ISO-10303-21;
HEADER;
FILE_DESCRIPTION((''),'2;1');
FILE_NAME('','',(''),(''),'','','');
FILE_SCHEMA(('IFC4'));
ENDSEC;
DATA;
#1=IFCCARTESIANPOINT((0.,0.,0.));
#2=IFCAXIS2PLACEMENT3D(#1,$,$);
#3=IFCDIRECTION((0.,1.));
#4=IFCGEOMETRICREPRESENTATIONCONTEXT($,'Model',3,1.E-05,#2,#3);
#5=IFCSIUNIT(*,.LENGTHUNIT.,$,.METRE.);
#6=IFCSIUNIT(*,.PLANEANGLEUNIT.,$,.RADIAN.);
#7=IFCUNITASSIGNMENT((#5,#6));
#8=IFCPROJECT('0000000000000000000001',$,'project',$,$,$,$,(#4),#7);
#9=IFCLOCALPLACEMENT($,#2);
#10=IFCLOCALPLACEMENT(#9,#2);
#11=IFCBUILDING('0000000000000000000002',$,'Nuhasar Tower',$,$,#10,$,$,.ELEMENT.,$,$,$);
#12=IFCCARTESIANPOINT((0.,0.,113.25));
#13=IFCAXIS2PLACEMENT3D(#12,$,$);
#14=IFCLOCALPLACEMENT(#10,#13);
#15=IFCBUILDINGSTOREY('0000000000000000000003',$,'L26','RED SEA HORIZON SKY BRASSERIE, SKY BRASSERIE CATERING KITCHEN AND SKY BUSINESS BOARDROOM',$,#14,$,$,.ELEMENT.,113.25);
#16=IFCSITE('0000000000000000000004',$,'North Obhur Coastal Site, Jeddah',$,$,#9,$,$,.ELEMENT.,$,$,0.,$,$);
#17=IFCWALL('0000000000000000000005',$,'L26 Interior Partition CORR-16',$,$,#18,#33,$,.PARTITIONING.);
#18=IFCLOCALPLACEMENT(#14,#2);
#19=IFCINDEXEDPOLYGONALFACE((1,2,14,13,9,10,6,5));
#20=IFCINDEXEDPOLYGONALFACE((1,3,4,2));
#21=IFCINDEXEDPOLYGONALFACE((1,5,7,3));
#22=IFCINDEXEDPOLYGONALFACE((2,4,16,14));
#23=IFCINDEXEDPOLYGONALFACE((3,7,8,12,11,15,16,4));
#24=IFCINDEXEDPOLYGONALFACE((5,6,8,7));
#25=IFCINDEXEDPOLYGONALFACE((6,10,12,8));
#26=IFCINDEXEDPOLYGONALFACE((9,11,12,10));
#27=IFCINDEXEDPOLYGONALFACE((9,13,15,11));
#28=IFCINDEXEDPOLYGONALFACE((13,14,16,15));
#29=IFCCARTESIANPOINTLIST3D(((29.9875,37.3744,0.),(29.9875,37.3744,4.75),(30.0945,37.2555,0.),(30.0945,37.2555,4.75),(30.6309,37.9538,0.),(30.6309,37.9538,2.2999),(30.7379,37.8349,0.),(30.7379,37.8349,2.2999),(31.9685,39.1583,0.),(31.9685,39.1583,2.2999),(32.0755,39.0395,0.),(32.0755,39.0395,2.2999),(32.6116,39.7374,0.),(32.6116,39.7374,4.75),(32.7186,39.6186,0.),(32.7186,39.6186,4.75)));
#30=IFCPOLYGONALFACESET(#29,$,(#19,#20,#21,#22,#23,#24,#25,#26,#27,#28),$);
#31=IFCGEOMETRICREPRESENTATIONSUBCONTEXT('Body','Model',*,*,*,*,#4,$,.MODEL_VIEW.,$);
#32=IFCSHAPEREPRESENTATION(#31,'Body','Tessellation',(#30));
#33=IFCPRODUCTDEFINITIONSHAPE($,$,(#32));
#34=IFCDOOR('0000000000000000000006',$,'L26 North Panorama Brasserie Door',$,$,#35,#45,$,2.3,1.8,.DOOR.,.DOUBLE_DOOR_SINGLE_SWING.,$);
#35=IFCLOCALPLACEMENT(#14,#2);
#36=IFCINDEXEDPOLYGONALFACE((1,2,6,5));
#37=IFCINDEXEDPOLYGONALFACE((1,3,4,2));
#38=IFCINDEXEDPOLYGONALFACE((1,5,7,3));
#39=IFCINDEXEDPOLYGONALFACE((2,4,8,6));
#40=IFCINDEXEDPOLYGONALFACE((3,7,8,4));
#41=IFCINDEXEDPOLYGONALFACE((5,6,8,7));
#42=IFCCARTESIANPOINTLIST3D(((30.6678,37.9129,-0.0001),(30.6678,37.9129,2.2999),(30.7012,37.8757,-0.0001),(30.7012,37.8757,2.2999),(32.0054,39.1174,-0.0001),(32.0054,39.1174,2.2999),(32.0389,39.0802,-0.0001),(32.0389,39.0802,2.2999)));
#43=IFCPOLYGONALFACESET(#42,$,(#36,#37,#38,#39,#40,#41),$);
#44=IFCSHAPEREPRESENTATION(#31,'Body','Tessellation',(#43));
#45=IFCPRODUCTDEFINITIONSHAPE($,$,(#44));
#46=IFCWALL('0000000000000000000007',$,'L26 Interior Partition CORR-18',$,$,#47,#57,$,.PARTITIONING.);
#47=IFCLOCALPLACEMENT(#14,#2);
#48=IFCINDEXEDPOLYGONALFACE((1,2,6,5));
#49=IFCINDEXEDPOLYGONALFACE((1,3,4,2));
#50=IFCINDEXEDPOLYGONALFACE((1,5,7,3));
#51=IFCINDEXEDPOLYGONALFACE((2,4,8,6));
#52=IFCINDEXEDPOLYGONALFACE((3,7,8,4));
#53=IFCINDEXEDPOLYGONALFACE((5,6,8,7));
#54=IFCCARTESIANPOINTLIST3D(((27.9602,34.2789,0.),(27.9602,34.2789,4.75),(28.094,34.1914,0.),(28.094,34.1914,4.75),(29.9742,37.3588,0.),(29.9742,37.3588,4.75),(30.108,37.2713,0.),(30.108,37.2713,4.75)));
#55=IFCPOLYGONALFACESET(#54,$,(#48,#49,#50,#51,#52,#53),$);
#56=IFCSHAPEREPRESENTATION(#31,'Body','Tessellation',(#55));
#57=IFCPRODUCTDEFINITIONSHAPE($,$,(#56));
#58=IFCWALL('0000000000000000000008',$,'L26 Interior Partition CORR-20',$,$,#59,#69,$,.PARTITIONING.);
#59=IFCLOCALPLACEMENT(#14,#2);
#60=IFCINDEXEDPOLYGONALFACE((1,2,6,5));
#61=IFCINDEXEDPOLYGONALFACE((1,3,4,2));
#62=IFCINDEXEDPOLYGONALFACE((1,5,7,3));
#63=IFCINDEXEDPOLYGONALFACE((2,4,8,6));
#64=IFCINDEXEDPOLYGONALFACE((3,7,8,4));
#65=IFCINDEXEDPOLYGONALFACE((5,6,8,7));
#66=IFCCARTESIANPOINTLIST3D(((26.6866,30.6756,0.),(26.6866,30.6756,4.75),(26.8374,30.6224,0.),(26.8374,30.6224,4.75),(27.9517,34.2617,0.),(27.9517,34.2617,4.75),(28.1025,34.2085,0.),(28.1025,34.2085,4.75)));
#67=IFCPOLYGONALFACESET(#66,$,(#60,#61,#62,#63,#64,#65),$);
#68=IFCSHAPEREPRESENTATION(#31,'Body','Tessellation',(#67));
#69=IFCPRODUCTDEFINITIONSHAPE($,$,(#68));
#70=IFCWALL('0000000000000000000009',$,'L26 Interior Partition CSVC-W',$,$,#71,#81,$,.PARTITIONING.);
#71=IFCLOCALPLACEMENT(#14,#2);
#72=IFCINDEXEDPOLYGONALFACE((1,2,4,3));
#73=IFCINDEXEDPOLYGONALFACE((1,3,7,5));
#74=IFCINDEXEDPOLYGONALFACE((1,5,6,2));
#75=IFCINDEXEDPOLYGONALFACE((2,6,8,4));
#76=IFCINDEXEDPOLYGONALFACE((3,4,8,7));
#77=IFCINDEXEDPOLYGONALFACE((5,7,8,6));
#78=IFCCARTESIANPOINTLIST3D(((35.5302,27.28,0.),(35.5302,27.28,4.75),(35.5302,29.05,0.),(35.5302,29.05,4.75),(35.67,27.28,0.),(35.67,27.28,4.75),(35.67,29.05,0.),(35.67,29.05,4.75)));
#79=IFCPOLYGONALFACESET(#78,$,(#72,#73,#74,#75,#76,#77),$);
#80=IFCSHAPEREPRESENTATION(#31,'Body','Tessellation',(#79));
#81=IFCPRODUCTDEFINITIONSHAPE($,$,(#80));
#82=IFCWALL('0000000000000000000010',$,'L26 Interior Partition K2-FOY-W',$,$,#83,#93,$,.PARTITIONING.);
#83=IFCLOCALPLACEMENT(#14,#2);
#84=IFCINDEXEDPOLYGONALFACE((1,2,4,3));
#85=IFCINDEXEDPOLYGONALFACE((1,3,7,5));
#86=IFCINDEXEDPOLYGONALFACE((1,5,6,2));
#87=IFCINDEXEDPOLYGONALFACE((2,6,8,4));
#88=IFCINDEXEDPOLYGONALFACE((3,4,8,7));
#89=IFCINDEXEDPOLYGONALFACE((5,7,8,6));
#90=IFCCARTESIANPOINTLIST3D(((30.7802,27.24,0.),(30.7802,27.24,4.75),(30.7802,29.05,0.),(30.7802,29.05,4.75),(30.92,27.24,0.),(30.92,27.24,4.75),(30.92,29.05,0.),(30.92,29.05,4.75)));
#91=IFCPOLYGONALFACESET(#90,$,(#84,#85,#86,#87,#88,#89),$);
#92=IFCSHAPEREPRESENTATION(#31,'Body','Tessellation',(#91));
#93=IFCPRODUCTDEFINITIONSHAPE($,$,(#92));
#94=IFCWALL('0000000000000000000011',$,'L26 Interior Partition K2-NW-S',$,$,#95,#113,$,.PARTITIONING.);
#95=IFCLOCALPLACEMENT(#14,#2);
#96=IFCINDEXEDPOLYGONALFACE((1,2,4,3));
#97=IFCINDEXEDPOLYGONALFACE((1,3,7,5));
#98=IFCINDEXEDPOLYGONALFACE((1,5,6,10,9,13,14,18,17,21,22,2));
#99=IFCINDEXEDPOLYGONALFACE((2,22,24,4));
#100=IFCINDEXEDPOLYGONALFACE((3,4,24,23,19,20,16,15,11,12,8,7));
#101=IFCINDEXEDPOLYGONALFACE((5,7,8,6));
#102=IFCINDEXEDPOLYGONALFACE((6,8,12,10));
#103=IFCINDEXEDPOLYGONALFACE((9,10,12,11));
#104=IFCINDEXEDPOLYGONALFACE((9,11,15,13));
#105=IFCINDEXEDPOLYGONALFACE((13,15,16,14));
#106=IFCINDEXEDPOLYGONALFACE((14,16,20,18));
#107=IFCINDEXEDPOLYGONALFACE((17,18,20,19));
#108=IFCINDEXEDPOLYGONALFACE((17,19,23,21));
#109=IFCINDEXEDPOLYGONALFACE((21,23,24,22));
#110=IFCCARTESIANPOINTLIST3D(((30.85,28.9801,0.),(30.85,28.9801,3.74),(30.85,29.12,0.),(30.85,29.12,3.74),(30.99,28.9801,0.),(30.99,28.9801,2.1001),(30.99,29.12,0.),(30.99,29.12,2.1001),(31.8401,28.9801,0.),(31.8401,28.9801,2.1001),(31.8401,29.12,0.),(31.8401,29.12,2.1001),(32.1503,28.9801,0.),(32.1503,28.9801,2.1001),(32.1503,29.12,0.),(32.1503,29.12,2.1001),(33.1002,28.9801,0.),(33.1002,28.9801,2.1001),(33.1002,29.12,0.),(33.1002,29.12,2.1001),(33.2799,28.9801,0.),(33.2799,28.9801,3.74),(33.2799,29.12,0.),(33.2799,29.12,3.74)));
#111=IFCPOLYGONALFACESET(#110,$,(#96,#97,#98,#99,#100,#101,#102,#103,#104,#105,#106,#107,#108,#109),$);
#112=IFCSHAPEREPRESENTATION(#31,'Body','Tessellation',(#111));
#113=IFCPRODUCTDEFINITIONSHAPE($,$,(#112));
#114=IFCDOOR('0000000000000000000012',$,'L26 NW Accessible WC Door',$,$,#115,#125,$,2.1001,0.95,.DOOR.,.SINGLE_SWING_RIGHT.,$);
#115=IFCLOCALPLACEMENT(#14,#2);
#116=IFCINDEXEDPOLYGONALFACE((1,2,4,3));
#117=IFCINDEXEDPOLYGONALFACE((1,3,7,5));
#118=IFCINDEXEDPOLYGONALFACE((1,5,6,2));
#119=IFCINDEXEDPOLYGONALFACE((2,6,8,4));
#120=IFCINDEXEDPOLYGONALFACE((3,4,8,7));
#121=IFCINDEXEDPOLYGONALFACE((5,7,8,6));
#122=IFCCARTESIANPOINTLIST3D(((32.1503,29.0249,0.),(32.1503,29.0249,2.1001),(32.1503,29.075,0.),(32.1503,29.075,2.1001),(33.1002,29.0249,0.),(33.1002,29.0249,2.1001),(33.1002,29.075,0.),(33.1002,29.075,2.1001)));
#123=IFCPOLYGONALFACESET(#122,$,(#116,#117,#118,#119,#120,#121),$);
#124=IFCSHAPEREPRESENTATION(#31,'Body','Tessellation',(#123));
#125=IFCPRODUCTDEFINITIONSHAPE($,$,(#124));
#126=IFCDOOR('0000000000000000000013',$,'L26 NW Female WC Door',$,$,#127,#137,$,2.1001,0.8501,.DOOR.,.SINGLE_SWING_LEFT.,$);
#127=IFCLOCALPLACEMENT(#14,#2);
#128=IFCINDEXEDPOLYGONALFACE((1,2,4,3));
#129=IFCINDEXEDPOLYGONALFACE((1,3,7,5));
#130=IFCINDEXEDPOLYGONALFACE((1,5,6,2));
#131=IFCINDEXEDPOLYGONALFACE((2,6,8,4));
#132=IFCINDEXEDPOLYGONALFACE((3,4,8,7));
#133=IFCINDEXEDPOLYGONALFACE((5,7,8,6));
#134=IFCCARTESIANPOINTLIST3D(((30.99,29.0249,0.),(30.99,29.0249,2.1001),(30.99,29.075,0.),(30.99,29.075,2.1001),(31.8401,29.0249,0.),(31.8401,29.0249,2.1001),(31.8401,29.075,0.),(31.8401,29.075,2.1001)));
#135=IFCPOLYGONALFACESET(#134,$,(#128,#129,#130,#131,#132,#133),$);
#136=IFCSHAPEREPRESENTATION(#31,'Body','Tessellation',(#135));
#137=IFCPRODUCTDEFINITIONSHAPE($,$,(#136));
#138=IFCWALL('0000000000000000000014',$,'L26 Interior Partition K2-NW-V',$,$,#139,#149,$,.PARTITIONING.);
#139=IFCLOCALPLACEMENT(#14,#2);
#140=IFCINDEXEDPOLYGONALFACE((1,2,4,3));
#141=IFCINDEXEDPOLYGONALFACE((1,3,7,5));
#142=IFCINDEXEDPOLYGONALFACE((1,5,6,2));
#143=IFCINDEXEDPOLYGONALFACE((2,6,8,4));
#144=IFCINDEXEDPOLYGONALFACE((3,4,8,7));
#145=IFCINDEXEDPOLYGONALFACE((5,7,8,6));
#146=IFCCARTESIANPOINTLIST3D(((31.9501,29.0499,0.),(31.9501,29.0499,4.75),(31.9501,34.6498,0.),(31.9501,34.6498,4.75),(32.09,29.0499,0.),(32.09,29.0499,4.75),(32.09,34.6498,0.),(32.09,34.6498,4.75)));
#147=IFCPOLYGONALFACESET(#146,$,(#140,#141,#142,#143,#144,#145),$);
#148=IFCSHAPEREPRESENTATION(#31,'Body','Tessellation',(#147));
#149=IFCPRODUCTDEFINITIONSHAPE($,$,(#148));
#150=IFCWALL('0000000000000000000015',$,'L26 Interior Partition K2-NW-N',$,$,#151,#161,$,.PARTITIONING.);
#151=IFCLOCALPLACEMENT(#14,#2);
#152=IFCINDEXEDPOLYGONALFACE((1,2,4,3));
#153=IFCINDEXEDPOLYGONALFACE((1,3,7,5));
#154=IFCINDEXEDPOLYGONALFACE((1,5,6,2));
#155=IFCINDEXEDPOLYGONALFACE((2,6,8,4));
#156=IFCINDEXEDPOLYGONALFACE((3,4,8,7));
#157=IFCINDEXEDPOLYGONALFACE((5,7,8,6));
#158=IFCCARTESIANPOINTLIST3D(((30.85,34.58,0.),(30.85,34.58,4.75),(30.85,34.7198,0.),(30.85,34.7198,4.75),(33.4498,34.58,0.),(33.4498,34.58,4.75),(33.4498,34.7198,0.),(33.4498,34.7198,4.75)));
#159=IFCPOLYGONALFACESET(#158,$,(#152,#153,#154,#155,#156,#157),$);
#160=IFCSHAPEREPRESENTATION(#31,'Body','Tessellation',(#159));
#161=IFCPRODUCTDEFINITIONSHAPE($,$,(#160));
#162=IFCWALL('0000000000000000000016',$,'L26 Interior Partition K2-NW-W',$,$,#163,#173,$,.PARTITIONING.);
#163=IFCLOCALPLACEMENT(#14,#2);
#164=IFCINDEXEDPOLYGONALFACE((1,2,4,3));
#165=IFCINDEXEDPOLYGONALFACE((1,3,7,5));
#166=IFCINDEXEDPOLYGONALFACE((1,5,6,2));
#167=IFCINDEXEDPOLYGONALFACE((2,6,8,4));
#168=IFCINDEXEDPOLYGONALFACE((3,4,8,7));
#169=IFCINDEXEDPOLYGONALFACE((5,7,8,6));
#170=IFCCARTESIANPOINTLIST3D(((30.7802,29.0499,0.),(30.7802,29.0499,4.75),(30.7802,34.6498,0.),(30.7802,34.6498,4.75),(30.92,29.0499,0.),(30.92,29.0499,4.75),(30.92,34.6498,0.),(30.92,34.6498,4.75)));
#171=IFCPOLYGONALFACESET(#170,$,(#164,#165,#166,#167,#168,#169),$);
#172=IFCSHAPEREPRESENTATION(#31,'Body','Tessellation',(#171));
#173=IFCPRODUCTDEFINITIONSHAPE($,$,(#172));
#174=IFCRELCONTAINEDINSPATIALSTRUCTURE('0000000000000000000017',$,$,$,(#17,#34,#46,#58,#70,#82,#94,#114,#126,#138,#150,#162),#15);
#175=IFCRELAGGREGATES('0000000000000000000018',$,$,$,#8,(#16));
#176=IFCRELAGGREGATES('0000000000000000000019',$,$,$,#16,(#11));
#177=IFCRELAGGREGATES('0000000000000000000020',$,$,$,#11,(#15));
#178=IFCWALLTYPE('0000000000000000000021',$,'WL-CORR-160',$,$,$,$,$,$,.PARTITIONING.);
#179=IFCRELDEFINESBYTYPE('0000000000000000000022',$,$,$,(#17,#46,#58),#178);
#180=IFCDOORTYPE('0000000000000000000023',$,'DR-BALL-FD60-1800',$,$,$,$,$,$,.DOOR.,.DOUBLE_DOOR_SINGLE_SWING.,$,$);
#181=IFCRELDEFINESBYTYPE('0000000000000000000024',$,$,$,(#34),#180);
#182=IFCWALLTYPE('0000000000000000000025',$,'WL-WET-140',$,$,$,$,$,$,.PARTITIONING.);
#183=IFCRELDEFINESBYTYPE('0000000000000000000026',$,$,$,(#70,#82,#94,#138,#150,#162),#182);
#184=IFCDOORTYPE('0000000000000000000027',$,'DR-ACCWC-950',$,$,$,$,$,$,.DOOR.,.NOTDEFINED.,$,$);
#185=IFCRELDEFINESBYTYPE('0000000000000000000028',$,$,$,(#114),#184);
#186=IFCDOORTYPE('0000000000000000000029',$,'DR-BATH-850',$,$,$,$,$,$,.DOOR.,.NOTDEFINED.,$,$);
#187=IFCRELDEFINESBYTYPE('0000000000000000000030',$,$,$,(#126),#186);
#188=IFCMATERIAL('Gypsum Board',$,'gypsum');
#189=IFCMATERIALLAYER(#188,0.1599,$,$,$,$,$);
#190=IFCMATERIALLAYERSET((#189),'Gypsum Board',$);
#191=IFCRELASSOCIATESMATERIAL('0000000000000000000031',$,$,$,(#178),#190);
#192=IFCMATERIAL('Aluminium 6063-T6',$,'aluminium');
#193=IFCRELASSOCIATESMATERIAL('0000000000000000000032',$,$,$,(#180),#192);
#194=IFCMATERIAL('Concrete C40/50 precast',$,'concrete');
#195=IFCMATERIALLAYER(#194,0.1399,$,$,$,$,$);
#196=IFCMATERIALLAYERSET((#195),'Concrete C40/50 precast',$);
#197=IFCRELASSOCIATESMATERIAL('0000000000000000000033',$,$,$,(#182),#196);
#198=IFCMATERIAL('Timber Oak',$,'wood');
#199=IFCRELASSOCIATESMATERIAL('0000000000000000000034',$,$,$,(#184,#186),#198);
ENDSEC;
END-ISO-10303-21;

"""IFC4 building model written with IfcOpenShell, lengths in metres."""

from ifc_helpers import new_model, si_unit, direction, frame, frame_2d, origin, place, context, subcontext, project, spatial, rectangle, extrude, material, layer, layer_set, type_object, element, fill, save


model = new_model("IFC4")

# Units and contexts
model_context = context("Model", 3, precision=1e-05, world=origin(), true_north=direction((0.0, 1.0)))
body_context = subcontext(model_context, "Body", "Model", "MODEL_VIEW")
ifc_project = project(units=[si_unit("LENGTHUNIT", "METRE"), si_unit("PLANEANGLEUNIT", "RADIAN")], contexts=[model_context])

# Site, building, storey
site_placement = place(None, origin())
site = spatial("IfcSite", under=ifc_project, at=site_placement, Name="North Obhur Coastal Site, Jeddah", CompositionType="ELEMENT", RefElevation=0.0)
building_placement = place(site_placement, origin())
building = spatial("IfcBuilding", under=site, at=building_placement, Name="Nuhasar Tower", CompositionType="ELEMENT")
storey_placement = place(building_placement, frame((0.0, 0.0, 113.25)))
storey = spatial("IfcBuildingStorey", under=building, at=storey_placement, Name="L26", Description="RED SEA HORIZON SKY BRASSERIE, SKY BRASSERIE CATERING KITCHEN AND SKY BUSINESS BOARDROOM", CompositionType="ELEMENT", Elevation=113.25)

# Wall, opening, door
ifc_material_1 = material(Name="Gypsum Board", Category="gypsum")
ifc_layer_1 = layer(ifc_material_1, 0.1599)
ifc_layer_set_1 = layer_set([ifc_layer_1], Name="Gypsum Board")
wall_type_1 = type_object("IfcWallType", Name="WL-CORR-160", PredefinedType="PARTITIONING", material=ifc_layer_set_1)
wall_1_placement = place(storey_placement, frame((30.041, 37.3149, 0.0), z_axis=(0.0, 0.0, 1.0), x_axis=(0.743095, 0.669186, 0.0)))
wall_1 = element("IfcWall", 1, at=wall_1_placement, inside=storey, type_object=wall_type_1, Name="L26 Interior Partition CORR-16", PredefinedType="PARTITIONING", context=body_context, shape_type="SweptSolid", body=[
    extrude(rectangle(XDim=3.5312, YDim=0.1599, at=frame_2d((1.7656, 0.0))), origin(), (0.0, 0.0, 1.0), 4.75),
])
opening_1_placement = place(wall_1_placement, frame((0.866, 0.0, 0.0)))
opening_1 = element("IfcOpeningElement", 2, at=opening_1_placement, cuts=wall_1, PredefinedType="OPENING", context=body_context, shape_type="SweptSolid", body=[
    extrude(rectangle(XDim=1.8, YDim=2.3, at=frame_2d((0.8999, 1.1499))), frame((0.0, 0.0898, 0.0), z_axis=(0.0, -1.0, 0.0), x_axis=(1.0, 0.0, 0.0)), (0.0, 0.0, 1.0), 0.1799),
])
ifc_material_2 = material(Name="Aluminium 6063-T6", Category="aluminium")
door_type_1 = type_object("IfcDoorType", Name="DR-BALL-FD60-1800", OperationType="DOUBLE_DOOR_SINGLE_SWING", PredefinedType="DOOR", material=ifc_material_2)
door_1_placement = place(opening_1_placement, origin())
door_1 = element("IfcDoor", 3, at=door_1_placement, inside=storey, type_object=door_type_1, Name="L26 North Panorama Brasserie Door", OperationType="DOUBLE_DOOR_SINGLE_SWING", OverallHeight=2.3, OverallWidth=1.8, PredefinedType="DOOR", context=body_context, shape_type="SweptSolid", body=[
    extrude(rectangle(XDim=1.8, YDim=2.3, at=frame_2d((0.8999, 1.1499))), frame((0.0, 0.0249, 0.0), z_axis=(0.0, -1.0, 0.0), x_axis=(1.0, 0.0, 0.0)), (0.0, 0.0, 1.0), 0.05),
])
fill(opening_1, door_1)

# Walls
wall_2_placement = place(storey_placement, frame((30.041, 37.3149, 0.0), z_axis=(0.0, 0.0, 1.0), x_axis=(-0.547283, -0.836947, 0.0)))
element("IfcWall", 4, at=wall_2_placement, inside=storey, type_object=wall_type_1, Name="L26 Interior Partition CORR-18", PredefinedType="PARTITIONING", context=body_context, shape_type="SweptSolid", body=[
    extrude(rectangle(XDim=3.6799, YDim=0.1599, at=frame_2d((1.8398, 0.0))), origin(), (0.0, 0.0, 1.0), 4.75),
])
wall_3_placement = place(storey_placement, frame((28.0271, 34.2351, 0.0), z_axis=(0.0, 0.0, 1.0), x_axis=(-0.332686, -0.943038, 0.0)))
element("IfcWall", 5, at=wall_3_placement, inside=storey, type_object=wall_type_1, Name="L26 Interior Partition CORR-20", PredefinedType="PARTITIONING", context=body_context, shape_type="SweptSolid", body=[
    extrude(rectangle(XDim=3.8027, YDim=0.1599, at=frame_2d((1.9014, 0.0))), origin(), (0.0, 0.0, 1.0), 4.75),
])
ifc_material_3 = material(Name="Concrete C40/50 precast", Category="concrete")
ifc_layer_2 = layer(ifc_material_3, 0.1399)
ifc_layer_set_2 = layer_set([ifc_layer_2], Name="Concrete C40/50 precast")
wall_type_2 = type_object("IfcWallType", Name="WL-WET-140", PredefinedType="PARTITIONING", material=ifc_layer_set_2)
wall_4_placement = place(storey_placement, frame((35.6001, 27.28, 0.0), z_axis=(0.0, 0.0, 1.0), x_axis=(0.0, 1.0, 0.0)))
element("IfcWall", 6, at=wall_4_placement, inside=storey, type_object=wall_type_2, Name="L26 Interior Partition CSVC-W", PredefinedType="PARTITIONING", context=body_context, shape_type="SweptSolid", body=[
    extrude(rectangle(XDim=1.77, YDim=0.1399, at=frame_2d((0.885, 0.0))), origin(), (0.0, 0.0, 1.0), 4.75),
])
wall_5_placement = place(storey_placement, frame((30.8501, 27.24, 0.0), z_axis=(0.0, 0.0, 1.0), x_axis=(0.0, 1.0, 0.0)))
element("IfcWall", 7, at=wall_5_placement, inside=storey, type_object=wall_type_2, Name="L26 Interior Partition K2-FOY-W", PredefinedType="PARTITIONING", context=body_context, shape_type="SweptSolid", body=[
    extrude(rectangle(XDim=1.8101, YDim=0.1399, at=frame_2d((0.905, 0.0))), origin(), (0.0, 0.0, 1.0), 4.75),
])

# Wall, openings, doors
wall_6_placement = place(storey_placement, frame((30.8501, 29.05, 0.0), z_axis=(0.0, 0.0, 1.0), x_axis=(1.0, 0.0, 0.0)))
wall_6 = element("IfcWall", 8, at=wall_6_placement, inside=storey, type_object=wall_type_2, Name="L26 Interior Partition K2-NW-S", PredefinedType="PARTITIONING", context=body_context, shape_type="SweptSolid", body=[
    extrude(rectangle(XDim=2.4299, YDim=0.1399, at=frame_2d((1.2148, 0.0))), origin(), (0.0, 0.0, 1.0), 3.74),
])
opening_2_placement = place(wall_6_placement, frame((0.1399, 0.0, 0.0)))
opening_2 = element("IfcOpeningElement", 9, at=opening_2_placement, cuts=wall_6, PredefinedType="OPENING", context=body_context, shape_type="SweptSolid", body=[
    extrude(rectangle(XDim=0.8501, YDim=2.1001, at=frame_2d((0.425, 1.05))), frame((0.0, 0.0801, 0.0), z_axis=(0.0, -1.0, 0.0), x_axis=(1.0, 0.0, 0.0)), (0.0, 0.0, 1.0), 0.1599),
])
opening_3_placement = place(wall_6_placement, frame((1.3, 0.0, 0.0)))
opening_3 = element("IfcOpeningElement", 10, at=opening_3_placement, cuts=wall_6, PredefinedType="OPENING", context=body_context, shape_type="SweptSolid", body=[
    extrude(rectangle(XDim=0.95, YDim=2.1001, at=frame_2d((0.4751, 1.05))), frame((0.0, 0.0801, 0.0), z_axis=(0.0, -1.0, 0.0), x_axis=(1.0, 0.0, 0.0)), (0.0, 0.0, 1.0), 0.1599),
])
ifc_material_4 = material(Name="Timber Oak", Category="wood")
door_type_2 = type_object("IfcDoorType", Name="DR-ACCWC-950", OperationType="NOTDEFINED", PredefinedType="DOOR", material=ifc_material_4)
door_2_placement = place(opening_3_placement, origin())
door_2 = element("IfcDoor", 11, at=door_2_placement, inside=storey, type_object=door_type_2, Name="L26 NW Accessible WC Door", OperationType="SINGLE_SWING_RIGHT", OverallHeight=2.1001, OverallWidth=0.95, PredefinedType="DOOR", context=body_context, shape_type="SweptSolid", body=[
    extrude(rectangle(XDim=0.95, YDim=2.1001, at=frame_2d((0.4751, 1.05))), frame((0.0, 0.0249, 0.0), z_axis=(0.0, -1.0, 0.0), x_axis=(1.0, 0.0, 0.0)), (0.0, 0.0, 1.0), 0.05),
])
fill(opening_3, door_2)
door_type_3 = type_object("IfcDoorType", Name="DR-BATH-850", OperationType="NOTDEFINED", PredefinedType="DOOR", material=ifc_material_4)
door_3_placement = place(opening_2_placement, origin())
door_3 = element("IfcDoor", 12, at=door_3_placement, inside=storey, type_object=door_type_3, Name="L26 NW Female WC Door", OperationType="SINGLE_SWING_LEFT", OverallHeight=2.1001, OverallWidth=0.8501, PredefinedType="DOOR", context=body_context, shape_type="SweptSolid", body=[
    extrude(rectangle(XDim=0.8501, YDim=2.1001, at=frame_2d((0.425, 1.05))), frame((0.0, 0.0249, 0.0), z_axis=(0.0, -1.0, 0.0), x_axis=(1.0, 0.0, 0.0)), (0.0, 0.0, 1.0), 0.05),
])
fill(opening_2, door_3)

# Walls
wall_7_placement = place(storey_placement, frame((32.02, 29.05, 0.0), z_axis=(0.0, 0.0, 1.0), x_axis=(0.0, 1.0, 0.0)))
element("IfcWall", 13, at=wall_7_placement, inside=storey, type_object=wall_type_2, Name="L26 Interior Partition K2-NW-V", PredefinedType="PARTITIONING", context=body_context, shape_type="SweptSolid", body=[
    extrude(rectangle(XDim=5.5999, YDim=0.1399, at=frame_2d((2.7998, 0.0))), origin(), (0.0, 0.0, 1.0), 4.75),
])
wall_8_placement = place(storey_placement, frame((30.8501, 34.6499, 0.0), z_axis=(0.0, 0.0, 1.0), x_axis=(1.0, 0.0, 0.0)))
element("IfcWall", 14, at=wall_8_placement, inside=storey, type_object=wall_type_2, Name="L26 Interior Partition K2-NW-N", PredefinedType="PARTITIONING", context=body_context, shape_type="SweptSolid", body=[
    extrude(rectangle(XDim=2.5999, YDim=0.1399, at=frame_2d((1.2998, 0.0))), origin(), (0.0, 0.0, 1.0), 4.75),
])
wall_9_placement = place(storey_placement, frame((30.8501, 29.05, 0.0), z_axis=(0.0, 0.0, 1.0), x_axis=(0.0, 1.0, 0.0)))
element("IfcWall", 15, at=wall_9_placement, inside=storey, type_object=wall_type_2, Name="L26 Interior Partition K2-NW-W", PredefinedType="PARTITIONING", context=body_context, shape_type="SweptSolid", body=[
    extrude(rectangle(XDim=5.5999, YDim=0.1399, at=frame_2d((2.7998, 0.0))), origin(), (0.0, 0.0, 1.0), 4.75),
])

save(model, "model.ifc")
